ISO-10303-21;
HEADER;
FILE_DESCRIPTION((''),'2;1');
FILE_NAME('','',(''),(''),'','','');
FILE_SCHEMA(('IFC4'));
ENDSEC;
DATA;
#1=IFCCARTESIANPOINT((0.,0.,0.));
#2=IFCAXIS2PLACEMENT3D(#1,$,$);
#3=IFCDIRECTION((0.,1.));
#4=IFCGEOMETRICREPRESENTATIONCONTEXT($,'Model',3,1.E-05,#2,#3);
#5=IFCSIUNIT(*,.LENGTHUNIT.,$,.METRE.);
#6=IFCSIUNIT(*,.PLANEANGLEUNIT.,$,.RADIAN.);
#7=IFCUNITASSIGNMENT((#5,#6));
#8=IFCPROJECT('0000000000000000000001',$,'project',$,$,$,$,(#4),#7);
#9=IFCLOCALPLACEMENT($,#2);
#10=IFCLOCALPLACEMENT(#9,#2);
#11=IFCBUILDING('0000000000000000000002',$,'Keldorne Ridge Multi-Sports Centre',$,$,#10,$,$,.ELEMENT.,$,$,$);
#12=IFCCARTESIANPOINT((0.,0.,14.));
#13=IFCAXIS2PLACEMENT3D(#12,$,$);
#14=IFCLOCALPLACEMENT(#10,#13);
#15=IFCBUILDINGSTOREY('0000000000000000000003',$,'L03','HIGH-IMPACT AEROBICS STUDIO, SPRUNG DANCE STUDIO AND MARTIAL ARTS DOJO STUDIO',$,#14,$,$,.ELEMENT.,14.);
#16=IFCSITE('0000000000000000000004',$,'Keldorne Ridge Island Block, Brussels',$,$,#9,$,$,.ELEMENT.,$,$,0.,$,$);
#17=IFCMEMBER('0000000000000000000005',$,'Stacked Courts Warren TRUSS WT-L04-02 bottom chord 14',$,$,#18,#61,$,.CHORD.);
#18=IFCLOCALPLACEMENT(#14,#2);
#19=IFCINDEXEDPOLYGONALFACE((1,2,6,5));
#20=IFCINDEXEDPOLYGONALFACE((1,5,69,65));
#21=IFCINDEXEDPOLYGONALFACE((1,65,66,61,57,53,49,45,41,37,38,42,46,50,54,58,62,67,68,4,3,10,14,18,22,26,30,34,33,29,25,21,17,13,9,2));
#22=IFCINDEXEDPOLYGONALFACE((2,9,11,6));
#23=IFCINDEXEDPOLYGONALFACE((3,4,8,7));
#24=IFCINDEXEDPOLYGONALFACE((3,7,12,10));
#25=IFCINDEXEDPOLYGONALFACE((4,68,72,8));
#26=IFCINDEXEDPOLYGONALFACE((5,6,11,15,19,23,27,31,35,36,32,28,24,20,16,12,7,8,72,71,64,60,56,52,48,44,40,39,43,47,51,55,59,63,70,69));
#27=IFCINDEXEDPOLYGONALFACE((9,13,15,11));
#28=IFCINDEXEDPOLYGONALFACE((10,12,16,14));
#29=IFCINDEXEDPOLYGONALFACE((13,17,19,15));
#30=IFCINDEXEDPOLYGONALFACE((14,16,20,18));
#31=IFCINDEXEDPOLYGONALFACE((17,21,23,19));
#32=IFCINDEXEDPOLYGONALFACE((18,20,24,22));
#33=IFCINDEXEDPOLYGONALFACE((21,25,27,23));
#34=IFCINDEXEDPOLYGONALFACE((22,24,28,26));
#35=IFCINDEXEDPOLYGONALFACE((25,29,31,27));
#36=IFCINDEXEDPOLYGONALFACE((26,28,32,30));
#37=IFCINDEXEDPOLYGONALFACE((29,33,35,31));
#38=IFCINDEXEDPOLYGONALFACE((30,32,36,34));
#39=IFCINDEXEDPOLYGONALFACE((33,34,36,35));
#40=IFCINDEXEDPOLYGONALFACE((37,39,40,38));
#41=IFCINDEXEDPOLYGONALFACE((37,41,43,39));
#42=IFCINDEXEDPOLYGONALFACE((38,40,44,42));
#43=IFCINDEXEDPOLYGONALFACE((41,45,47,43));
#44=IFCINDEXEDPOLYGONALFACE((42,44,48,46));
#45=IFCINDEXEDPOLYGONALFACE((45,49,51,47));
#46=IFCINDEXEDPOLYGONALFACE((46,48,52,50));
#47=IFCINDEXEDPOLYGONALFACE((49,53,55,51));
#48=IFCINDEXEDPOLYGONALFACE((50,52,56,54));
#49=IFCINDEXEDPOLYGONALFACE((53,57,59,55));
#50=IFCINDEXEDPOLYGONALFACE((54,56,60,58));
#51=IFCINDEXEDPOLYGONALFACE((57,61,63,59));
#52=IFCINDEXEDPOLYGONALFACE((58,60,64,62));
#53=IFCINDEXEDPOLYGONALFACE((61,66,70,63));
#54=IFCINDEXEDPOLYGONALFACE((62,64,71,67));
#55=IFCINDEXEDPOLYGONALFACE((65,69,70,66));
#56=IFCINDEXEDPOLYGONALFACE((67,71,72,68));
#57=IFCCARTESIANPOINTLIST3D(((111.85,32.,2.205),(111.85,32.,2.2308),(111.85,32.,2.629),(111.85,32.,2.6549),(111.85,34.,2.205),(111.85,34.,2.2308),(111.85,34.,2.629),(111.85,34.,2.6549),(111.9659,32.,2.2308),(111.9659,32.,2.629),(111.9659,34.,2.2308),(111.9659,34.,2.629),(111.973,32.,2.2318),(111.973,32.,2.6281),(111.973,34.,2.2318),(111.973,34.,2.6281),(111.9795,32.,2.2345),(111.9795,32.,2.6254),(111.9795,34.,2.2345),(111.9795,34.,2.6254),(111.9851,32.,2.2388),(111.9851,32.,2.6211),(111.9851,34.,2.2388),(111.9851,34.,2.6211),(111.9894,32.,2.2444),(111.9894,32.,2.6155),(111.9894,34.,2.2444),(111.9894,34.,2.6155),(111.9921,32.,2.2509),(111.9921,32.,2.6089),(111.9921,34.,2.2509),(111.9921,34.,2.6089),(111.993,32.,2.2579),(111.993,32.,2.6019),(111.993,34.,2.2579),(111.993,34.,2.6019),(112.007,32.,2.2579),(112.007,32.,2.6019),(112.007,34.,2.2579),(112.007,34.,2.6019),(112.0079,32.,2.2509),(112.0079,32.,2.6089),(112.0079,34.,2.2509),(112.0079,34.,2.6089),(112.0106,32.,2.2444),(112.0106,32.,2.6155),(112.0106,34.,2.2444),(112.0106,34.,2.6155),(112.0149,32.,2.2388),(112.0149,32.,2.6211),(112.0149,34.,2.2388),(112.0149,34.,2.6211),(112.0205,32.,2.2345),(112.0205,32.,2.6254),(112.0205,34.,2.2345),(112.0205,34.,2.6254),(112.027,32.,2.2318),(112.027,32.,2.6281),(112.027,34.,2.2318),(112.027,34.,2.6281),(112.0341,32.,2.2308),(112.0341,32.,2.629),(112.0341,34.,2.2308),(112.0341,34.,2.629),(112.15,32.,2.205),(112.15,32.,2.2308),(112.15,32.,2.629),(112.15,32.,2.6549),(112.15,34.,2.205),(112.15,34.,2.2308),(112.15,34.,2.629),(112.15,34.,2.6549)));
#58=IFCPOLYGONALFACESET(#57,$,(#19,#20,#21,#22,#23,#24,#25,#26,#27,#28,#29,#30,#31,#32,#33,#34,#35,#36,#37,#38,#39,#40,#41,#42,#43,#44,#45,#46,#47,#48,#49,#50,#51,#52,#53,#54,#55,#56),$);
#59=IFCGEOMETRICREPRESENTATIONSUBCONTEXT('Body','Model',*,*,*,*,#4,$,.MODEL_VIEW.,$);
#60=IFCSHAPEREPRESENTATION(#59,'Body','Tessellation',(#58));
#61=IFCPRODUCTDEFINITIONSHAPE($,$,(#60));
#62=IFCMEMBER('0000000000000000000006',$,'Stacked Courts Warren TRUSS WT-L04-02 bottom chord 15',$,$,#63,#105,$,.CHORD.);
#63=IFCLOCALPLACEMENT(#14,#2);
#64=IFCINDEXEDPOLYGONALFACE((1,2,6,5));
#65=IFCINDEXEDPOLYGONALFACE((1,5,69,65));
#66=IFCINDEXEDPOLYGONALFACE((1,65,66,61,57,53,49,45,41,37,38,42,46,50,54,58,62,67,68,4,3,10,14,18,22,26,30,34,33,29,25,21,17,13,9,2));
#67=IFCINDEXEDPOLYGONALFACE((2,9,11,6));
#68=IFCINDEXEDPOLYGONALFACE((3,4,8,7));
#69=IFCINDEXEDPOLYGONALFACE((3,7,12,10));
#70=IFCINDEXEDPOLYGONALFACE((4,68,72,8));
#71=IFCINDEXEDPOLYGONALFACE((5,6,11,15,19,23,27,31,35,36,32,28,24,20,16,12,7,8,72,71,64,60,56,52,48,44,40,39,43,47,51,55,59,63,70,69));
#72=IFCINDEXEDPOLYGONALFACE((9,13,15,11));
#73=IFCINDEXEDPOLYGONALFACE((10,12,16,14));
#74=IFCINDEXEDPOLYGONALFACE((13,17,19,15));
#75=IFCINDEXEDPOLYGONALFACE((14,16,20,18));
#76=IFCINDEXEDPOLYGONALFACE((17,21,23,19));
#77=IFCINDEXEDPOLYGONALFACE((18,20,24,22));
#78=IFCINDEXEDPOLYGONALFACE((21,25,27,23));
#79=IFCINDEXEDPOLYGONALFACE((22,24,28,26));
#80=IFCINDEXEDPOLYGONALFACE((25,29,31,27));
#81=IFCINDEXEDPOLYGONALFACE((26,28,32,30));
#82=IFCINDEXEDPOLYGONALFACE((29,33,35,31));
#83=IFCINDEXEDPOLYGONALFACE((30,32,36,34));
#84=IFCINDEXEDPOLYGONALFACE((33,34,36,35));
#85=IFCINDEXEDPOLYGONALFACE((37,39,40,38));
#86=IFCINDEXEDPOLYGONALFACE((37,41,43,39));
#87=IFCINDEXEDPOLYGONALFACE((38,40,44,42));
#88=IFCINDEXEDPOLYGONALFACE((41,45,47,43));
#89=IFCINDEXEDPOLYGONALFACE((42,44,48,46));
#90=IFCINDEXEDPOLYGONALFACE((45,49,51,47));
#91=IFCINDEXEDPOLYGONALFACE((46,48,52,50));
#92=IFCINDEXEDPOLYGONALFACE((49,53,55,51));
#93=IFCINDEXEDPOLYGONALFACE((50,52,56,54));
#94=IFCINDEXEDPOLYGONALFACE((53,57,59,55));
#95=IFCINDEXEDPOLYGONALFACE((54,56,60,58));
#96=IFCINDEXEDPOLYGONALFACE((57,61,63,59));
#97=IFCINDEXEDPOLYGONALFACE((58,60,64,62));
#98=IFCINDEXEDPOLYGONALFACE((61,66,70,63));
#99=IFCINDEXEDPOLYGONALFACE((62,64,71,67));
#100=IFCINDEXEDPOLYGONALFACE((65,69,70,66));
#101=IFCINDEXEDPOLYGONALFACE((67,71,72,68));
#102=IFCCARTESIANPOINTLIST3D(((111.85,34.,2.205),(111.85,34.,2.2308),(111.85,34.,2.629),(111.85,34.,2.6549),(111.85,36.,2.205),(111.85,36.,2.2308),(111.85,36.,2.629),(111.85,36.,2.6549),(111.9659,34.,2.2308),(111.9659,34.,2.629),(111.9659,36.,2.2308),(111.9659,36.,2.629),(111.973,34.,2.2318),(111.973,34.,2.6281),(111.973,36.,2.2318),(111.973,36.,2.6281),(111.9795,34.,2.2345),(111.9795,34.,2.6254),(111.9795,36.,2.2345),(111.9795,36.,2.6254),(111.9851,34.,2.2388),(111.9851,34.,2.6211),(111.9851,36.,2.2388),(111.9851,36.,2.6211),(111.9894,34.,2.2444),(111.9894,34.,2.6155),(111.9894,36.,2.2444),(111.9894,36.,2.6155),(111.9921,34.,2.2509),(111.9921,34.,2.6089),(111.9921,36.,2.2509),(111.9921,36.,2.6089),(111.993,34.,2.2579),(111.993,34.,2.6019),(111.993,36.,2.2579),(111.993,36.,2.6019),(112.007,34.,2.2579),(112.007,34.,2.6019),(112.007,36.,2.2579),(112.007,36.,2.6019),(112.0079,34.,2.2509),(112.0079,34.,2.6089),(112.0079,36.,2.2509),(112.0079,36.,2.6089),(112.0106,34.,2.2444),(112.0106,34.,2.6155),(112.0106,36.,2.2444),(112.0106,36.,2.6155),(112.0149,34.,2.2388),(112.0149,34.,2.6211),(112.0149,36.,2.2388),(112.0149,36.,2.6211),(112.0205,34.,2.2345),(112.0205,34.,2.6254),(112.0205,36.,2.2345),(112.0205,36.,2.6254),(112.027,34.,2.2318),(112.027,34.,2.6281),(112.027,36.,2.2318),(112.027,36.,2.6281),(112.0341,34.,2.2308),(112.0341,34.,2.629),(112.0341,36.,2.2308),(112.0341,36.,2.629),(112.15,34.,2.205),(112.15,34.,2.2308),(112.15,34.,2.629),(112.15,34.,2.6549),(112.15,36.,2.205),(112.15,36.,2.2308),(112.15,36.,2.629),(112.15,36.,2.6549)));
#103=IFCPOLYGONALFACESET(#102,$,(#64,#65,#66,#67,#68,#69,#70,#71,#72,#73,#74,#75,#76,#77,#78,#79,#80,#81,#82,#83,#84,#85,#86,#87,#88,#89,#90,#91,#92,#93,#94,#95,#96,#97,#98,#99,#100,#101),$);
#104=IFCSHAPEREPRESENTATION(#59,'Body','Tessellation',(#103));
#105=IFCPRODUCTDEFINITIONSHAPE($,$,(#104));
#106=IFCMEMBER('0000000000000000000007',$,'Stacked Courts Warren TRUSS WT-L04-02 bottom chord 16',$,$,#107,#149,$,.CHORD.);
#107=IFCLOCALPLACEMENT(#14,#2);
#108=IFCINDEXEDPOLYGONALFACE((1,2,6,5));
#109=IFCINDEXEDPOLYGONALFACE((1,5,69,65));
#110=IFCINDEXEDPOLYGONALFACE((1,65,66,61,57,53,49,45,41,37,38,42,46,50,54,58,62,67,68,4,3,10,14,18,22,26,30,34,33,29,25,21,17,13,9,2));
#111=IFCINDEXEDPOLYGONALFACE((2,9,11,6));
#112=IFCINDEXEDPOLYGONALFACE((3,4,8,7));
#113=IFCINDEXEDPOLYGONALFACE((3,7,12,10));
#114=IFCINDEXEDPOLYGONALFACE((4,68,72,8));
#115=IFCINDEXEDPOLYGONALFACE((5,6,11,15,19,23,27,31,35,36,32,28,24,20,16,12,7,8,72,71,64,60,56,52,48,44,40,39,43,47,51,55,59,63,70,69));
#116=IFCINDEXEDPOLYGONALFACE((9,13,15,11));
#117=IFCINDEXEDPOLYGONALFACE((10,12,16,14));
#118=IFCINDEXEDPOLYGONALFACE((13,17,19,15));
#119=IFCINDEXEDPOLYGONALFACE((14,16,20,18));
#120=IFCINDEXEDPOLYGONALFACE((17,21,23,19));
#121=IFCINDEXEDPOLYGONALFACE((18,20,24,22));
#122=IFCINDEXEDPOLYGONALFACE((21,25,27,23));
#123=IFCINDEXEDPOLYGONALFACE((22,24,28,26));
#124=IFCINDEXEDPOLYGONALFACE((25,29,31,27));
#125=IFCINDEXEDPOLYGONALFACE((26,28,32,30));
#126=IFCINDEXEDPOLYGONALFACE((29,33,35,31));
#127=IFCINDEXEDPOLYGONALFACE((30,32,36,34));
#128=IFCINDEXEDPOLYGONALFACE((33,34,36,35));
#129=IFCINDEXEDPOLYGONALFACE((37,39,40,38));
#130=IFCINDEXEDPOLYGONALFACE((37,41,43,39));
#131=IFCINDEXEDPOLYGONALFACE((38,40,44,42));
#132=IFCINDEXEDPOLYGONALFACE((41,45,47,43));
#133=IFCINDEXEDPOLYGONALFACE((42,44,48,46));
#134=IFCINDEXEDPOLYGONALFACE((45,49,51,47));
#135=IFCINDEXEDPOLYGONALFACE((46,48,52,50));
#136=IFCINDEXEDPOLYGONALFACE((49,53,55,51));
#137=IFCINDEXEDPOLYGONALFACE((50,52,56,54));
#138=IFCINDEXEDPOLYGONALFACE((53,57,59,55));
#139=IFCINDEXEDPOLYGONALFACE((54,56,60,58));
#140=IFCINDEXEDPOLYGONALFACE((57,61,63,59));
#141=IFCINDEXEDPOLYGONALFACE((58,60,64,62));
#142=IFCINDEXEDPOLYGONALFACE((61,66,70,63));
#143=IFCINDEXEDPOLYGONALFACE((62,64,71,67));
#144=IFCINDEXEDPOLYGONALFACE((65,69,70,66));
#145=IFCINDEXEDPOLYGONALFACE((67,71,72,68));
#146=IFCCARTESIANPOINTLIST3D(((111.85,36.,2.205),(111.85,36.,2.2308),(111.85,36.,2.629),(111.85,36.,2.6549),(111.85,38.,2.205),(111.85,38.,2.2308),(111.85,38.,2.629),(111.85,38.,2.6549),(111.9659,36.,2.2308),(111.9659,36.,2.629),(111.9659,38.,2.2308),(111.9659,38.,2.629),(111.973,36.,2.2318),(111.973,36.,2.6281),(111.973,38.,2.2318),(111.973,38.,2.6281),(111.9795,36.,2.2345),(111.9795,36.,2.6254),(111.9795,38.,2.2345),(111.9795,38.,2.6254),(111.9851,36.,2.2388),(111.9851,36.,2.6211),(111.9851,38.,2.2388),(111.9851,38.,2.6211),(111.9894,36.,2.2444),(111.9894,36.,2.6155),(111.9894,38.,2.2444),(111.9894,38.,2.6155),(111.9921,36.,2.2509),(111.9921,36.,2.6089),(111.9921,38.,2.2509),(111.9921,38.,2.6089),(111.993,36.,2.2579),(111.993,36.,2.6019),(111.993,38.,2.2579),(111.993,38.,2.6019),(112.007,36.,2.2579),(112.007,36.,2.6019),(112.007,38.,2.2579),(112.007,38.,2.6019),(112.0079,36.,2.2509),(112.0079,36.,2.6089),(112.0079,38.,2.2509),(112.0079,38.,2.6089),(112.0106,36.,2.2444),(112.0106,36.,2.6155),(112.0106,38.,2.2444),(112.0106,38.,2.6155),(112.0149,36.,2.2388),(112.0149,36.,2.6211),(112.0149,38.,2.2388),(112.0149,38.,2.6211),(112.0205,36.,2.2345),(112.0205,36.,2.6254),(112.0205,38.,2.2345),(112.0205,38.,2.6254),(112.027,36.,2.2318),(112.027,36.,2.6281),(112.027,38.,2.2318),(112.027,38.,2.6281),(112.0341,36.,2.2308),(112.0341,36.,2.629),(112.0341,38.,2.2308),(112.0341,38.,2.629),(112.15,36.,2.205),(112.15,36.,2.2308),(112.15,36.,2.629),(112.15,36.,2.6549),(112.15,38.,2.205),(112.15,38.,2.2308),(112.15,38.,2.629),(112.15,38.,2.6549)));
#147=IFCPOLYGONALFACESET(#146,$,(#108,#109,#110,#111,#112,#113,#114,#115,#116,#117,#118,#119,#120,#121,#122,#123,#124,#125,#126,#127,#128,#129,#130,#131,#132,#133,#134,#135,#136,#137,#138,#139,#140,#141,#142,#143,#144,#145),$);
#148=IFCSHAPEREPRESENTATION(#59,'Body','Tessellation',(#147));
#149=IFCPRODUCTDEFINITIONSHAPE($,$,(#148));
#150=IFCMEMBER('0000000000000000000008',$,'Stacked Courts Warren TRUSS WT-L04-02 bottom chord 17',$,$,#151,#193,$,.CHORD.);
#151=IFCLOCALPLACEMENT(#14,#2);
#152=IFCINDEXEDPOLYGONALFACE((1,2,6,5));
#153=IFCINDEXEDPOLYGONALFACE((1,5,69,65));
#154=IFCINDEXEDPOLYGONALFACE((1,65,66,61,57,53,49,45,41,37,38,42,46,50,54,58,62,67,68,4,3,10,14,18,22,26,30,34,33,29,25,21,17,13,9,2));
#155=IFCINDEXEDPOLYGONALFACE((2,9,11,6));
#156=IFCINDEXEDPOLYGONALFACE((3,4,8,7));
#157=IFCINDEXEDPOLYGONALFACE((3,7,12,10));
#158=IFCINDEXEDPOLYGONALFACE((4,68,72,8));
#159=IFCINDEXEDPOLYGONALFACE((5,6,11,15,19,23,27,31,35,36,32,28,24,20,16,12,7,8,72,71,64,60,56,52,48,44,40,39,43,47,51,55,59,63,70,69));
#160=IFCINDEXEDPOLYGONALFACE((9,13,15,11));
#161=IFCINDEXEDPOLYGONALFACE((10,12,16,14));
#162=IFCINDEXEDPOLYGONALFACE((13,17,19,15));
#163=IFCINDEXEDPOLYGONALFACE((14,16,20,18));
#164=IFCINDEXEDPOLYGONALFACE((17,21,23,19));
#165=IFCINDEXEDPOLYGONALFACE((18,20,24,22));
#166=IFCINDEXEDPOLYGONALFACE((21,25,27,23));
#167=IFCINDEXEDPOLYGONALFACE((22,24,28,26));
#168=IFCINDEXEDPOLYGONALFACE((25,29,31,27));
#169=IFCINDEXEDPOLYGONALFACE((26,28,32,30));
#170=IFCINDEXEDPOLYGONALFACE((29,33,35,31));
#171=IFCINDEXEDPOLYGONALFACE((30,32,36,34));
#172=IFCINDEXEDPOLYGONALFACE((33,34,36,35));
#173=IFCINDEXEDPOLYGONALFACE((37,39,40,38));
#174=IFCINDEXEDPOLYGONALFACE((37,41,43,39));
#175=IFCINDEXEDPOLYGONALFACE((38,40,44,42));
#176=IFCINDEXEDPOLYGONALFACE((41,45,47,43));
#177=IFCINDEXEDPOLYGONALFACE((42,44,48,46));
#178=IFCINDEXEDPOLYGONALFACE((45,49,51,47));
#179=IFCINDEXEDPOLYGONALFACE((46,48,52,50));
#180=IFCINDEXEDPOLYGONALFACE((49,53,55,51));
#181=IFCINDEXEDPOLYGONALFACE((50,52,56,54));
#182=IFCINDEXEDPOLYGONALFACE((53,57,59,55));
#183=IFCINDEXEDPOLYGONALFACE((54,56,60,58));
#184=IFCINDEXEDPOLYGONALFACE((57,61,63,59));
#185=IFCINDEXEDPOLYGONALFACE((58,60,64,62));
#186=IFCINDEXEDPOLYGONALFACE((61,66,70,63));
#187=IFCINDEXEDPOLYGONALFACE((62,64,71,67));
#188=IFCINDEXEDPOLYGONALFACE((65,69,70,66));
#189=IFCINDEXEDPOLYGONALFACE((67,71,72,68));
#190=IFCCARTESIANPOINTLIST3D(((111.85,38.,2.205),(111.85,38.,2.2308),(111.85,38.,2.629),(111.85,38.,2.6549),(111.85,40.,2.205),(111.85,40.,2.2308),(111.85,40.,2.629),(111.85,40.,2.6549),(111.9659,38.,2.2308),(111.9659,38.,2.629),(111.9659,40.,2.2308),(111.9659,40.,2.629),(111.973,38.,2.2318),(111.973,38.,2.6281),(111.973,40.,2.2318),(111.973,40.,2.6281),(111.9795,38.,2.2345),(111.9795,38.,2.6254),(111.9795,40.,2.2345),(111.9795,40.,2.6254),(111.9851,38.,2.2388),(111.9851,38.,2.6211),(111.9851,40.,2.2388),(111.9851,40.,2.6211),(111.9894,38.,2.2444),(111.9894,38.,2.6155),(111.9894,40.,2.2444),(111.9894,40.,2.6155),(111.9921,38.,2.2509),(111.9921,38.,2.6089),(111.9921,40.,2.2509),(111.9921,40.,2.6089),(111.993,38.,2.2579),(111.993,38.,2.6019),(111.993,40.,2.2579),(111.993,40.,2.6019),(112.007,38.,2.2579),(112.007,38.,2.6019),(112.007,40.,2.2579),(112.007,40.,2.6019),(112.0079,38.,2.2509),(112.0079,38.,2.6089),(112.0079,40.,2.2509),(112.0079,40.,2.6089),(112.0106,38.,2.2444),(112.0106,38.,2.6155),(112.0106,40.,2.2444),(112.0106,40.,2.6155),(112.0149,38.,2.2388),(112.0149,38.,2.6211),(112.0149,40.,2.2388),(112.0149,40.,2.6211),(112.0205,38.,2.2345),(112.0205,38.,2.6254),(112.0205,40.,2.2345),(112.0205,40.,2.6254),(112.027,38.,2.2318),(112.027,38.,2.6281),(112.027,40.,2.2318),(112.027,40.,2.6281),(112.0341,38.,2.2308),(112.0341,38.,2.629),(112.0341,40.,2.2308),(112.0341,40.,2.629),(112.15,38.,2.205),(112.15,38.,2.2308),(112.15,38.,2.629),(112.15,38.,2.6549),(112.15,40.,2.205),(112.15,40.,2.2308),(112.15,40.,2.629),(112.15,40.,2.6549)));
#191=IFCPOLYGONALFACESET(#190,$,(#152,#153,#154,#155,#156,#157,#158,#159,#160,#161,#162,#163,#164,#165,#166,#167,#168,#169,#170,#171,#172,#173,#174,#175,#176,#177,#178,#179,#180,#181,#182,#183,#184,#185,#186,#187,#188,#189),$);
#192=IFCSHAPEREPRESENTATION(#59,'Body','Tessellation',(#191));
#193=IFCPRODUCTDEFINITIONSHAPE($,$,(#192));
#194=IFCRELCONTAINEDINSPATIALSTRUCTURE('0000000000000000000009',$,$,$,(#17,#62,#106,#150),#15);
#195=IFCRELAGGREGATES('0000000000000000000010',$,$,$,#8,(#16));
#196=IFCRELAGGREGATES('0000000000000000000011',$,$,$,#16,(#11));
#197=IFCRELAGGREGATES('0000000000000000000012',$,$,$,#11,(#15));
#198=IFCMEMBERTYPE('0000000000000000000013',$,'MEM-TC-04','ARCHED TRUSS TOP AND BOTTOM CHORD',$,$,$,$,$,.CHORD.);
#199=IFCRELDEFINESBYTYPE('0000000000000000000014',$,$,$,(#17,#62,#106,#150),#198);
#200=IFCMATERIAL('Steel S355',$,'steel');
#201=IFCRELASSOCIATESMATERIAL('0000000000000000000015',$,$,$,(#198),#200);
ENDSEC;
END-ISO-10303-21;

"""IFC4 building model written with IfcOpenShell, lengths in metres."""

from ifc_helpers import new_model, si_unit, direction, frame, origin, origin_2d, place, context, subcontext, project, spatial, i_section, extrude, material, material_profile, profile_set, type_object, element, save


model = new_model("IFC4")

# Units and contexts
model_context = context("Model", 3, precision=1e-05, world=origin(), true_north=direction((0.0, 1.0)))
body_context = subcontext(model_context, "Body", "Model", "MODEL_VIEW")
ifc_project = project(units=[si_unit("LENGTHUNIT", "METRE"), si_unit("PLANEANGLEUNIT", "RADIAN")], contexts=[model_context])

# Site, building, storey
site_placement = place(None, origin())
site = spatial("IfcSite", under=ifc_project, at=site_placement, Name="Keldorne Ridge Island Block, Brussels", CompositionType="ELEMENT", RefElevation=0.0)
building_placement = place(site_placement, origin())
building = spatial("IfcBuilding", under=site, at=building_placement, Name="Keldorne Ridge Multi-Sports Centre", CompositionType="ELEMENT")
storey_placement = place(building_placement, frame((0.0, 0.0, 14.0)))
storey = spatial("IfcBuildingStorey", under=building, at=storey_placement, Name="L03", Description="HIGH-IMPACT AEROBICS STUDIO, SPRUNG DANCE STUDIO AND MARTIAL ARTS DOJO STUDIO", CompositionType="ELEMENT", Elevation=14.0)

# Shared definitions
ifc_material_1 = material(Name="Steel S355", Category="steel")

# Members
ifc_material_profile_1 = material_profile(ifc_material_1, i_section(OverallWidth=0.3, OverallDepth=0.45, WebThickness=0.0139, FlangeThickness=0.0259, FilletRadius=0.0271, at=origin_2d()), Name="HEB 450")
ifc_profile_set_1 = profile_set([ifc_material_profile_1], Name="Steel S355")
member_type_1 = type_object("IfcMemberType", Name="MEM-TC-04", Description="ARCHED TRUSS TOP AND BOTTOM CHORD", PredefinedType="CHORD", material=ifc_profile_set_1)
for number, where, z_axis, x_axis, name in (
    (1, (112.0, 32.0, 2.4299), (0.0, 1.0, 0.0), (-1.0, 0.0, 0.0), "Stacked Courts Warren TRUSS WT-L04-02 bottom chord 14"),
    (2, (112.0, 34.0, 2.4299), (0.0, 1.0, 0.0), (-1.0, 0.0, 0.0), "Stacked Courts Warren TRUSS WT-L04-02 bottom chord 15"),
    (3, (112.0, 36.0, 2.4299), (0.0, 1.0, 0.0), (-1.0, 0.0, 0.0), "Stacked Courts Warren TRUSS WT-L04-02 bottom chord 16"),
    (4, (112.0, 38.0, 2.4299), (0.0, 1.0, 0.0), (-1.0, 0.0, 0.0), "Stacked Courts Warren TRUSS WT-L04-02 bottom chord 17"),
):
    element("IfcMember", number, at=place(storey_placement, frame(where, z_axis=z_axis, x_axis=x_axis)), inside=storey, type_object=member_type_1, Name=name, PredefinedType="CHORD", context=body_context, shape_type="SweptSolid", body=[
        extrude(i_section(OverallWidth=0.3, OverallDepth=0.45, WebThickness=0.0139, FlangeThickness=0.0259, FilletRadius=0.0271, at=origin_2d()), origin(), (0.0, 0.0, 1.0), 2.0),
    ])

save(model, "model.ifc")
